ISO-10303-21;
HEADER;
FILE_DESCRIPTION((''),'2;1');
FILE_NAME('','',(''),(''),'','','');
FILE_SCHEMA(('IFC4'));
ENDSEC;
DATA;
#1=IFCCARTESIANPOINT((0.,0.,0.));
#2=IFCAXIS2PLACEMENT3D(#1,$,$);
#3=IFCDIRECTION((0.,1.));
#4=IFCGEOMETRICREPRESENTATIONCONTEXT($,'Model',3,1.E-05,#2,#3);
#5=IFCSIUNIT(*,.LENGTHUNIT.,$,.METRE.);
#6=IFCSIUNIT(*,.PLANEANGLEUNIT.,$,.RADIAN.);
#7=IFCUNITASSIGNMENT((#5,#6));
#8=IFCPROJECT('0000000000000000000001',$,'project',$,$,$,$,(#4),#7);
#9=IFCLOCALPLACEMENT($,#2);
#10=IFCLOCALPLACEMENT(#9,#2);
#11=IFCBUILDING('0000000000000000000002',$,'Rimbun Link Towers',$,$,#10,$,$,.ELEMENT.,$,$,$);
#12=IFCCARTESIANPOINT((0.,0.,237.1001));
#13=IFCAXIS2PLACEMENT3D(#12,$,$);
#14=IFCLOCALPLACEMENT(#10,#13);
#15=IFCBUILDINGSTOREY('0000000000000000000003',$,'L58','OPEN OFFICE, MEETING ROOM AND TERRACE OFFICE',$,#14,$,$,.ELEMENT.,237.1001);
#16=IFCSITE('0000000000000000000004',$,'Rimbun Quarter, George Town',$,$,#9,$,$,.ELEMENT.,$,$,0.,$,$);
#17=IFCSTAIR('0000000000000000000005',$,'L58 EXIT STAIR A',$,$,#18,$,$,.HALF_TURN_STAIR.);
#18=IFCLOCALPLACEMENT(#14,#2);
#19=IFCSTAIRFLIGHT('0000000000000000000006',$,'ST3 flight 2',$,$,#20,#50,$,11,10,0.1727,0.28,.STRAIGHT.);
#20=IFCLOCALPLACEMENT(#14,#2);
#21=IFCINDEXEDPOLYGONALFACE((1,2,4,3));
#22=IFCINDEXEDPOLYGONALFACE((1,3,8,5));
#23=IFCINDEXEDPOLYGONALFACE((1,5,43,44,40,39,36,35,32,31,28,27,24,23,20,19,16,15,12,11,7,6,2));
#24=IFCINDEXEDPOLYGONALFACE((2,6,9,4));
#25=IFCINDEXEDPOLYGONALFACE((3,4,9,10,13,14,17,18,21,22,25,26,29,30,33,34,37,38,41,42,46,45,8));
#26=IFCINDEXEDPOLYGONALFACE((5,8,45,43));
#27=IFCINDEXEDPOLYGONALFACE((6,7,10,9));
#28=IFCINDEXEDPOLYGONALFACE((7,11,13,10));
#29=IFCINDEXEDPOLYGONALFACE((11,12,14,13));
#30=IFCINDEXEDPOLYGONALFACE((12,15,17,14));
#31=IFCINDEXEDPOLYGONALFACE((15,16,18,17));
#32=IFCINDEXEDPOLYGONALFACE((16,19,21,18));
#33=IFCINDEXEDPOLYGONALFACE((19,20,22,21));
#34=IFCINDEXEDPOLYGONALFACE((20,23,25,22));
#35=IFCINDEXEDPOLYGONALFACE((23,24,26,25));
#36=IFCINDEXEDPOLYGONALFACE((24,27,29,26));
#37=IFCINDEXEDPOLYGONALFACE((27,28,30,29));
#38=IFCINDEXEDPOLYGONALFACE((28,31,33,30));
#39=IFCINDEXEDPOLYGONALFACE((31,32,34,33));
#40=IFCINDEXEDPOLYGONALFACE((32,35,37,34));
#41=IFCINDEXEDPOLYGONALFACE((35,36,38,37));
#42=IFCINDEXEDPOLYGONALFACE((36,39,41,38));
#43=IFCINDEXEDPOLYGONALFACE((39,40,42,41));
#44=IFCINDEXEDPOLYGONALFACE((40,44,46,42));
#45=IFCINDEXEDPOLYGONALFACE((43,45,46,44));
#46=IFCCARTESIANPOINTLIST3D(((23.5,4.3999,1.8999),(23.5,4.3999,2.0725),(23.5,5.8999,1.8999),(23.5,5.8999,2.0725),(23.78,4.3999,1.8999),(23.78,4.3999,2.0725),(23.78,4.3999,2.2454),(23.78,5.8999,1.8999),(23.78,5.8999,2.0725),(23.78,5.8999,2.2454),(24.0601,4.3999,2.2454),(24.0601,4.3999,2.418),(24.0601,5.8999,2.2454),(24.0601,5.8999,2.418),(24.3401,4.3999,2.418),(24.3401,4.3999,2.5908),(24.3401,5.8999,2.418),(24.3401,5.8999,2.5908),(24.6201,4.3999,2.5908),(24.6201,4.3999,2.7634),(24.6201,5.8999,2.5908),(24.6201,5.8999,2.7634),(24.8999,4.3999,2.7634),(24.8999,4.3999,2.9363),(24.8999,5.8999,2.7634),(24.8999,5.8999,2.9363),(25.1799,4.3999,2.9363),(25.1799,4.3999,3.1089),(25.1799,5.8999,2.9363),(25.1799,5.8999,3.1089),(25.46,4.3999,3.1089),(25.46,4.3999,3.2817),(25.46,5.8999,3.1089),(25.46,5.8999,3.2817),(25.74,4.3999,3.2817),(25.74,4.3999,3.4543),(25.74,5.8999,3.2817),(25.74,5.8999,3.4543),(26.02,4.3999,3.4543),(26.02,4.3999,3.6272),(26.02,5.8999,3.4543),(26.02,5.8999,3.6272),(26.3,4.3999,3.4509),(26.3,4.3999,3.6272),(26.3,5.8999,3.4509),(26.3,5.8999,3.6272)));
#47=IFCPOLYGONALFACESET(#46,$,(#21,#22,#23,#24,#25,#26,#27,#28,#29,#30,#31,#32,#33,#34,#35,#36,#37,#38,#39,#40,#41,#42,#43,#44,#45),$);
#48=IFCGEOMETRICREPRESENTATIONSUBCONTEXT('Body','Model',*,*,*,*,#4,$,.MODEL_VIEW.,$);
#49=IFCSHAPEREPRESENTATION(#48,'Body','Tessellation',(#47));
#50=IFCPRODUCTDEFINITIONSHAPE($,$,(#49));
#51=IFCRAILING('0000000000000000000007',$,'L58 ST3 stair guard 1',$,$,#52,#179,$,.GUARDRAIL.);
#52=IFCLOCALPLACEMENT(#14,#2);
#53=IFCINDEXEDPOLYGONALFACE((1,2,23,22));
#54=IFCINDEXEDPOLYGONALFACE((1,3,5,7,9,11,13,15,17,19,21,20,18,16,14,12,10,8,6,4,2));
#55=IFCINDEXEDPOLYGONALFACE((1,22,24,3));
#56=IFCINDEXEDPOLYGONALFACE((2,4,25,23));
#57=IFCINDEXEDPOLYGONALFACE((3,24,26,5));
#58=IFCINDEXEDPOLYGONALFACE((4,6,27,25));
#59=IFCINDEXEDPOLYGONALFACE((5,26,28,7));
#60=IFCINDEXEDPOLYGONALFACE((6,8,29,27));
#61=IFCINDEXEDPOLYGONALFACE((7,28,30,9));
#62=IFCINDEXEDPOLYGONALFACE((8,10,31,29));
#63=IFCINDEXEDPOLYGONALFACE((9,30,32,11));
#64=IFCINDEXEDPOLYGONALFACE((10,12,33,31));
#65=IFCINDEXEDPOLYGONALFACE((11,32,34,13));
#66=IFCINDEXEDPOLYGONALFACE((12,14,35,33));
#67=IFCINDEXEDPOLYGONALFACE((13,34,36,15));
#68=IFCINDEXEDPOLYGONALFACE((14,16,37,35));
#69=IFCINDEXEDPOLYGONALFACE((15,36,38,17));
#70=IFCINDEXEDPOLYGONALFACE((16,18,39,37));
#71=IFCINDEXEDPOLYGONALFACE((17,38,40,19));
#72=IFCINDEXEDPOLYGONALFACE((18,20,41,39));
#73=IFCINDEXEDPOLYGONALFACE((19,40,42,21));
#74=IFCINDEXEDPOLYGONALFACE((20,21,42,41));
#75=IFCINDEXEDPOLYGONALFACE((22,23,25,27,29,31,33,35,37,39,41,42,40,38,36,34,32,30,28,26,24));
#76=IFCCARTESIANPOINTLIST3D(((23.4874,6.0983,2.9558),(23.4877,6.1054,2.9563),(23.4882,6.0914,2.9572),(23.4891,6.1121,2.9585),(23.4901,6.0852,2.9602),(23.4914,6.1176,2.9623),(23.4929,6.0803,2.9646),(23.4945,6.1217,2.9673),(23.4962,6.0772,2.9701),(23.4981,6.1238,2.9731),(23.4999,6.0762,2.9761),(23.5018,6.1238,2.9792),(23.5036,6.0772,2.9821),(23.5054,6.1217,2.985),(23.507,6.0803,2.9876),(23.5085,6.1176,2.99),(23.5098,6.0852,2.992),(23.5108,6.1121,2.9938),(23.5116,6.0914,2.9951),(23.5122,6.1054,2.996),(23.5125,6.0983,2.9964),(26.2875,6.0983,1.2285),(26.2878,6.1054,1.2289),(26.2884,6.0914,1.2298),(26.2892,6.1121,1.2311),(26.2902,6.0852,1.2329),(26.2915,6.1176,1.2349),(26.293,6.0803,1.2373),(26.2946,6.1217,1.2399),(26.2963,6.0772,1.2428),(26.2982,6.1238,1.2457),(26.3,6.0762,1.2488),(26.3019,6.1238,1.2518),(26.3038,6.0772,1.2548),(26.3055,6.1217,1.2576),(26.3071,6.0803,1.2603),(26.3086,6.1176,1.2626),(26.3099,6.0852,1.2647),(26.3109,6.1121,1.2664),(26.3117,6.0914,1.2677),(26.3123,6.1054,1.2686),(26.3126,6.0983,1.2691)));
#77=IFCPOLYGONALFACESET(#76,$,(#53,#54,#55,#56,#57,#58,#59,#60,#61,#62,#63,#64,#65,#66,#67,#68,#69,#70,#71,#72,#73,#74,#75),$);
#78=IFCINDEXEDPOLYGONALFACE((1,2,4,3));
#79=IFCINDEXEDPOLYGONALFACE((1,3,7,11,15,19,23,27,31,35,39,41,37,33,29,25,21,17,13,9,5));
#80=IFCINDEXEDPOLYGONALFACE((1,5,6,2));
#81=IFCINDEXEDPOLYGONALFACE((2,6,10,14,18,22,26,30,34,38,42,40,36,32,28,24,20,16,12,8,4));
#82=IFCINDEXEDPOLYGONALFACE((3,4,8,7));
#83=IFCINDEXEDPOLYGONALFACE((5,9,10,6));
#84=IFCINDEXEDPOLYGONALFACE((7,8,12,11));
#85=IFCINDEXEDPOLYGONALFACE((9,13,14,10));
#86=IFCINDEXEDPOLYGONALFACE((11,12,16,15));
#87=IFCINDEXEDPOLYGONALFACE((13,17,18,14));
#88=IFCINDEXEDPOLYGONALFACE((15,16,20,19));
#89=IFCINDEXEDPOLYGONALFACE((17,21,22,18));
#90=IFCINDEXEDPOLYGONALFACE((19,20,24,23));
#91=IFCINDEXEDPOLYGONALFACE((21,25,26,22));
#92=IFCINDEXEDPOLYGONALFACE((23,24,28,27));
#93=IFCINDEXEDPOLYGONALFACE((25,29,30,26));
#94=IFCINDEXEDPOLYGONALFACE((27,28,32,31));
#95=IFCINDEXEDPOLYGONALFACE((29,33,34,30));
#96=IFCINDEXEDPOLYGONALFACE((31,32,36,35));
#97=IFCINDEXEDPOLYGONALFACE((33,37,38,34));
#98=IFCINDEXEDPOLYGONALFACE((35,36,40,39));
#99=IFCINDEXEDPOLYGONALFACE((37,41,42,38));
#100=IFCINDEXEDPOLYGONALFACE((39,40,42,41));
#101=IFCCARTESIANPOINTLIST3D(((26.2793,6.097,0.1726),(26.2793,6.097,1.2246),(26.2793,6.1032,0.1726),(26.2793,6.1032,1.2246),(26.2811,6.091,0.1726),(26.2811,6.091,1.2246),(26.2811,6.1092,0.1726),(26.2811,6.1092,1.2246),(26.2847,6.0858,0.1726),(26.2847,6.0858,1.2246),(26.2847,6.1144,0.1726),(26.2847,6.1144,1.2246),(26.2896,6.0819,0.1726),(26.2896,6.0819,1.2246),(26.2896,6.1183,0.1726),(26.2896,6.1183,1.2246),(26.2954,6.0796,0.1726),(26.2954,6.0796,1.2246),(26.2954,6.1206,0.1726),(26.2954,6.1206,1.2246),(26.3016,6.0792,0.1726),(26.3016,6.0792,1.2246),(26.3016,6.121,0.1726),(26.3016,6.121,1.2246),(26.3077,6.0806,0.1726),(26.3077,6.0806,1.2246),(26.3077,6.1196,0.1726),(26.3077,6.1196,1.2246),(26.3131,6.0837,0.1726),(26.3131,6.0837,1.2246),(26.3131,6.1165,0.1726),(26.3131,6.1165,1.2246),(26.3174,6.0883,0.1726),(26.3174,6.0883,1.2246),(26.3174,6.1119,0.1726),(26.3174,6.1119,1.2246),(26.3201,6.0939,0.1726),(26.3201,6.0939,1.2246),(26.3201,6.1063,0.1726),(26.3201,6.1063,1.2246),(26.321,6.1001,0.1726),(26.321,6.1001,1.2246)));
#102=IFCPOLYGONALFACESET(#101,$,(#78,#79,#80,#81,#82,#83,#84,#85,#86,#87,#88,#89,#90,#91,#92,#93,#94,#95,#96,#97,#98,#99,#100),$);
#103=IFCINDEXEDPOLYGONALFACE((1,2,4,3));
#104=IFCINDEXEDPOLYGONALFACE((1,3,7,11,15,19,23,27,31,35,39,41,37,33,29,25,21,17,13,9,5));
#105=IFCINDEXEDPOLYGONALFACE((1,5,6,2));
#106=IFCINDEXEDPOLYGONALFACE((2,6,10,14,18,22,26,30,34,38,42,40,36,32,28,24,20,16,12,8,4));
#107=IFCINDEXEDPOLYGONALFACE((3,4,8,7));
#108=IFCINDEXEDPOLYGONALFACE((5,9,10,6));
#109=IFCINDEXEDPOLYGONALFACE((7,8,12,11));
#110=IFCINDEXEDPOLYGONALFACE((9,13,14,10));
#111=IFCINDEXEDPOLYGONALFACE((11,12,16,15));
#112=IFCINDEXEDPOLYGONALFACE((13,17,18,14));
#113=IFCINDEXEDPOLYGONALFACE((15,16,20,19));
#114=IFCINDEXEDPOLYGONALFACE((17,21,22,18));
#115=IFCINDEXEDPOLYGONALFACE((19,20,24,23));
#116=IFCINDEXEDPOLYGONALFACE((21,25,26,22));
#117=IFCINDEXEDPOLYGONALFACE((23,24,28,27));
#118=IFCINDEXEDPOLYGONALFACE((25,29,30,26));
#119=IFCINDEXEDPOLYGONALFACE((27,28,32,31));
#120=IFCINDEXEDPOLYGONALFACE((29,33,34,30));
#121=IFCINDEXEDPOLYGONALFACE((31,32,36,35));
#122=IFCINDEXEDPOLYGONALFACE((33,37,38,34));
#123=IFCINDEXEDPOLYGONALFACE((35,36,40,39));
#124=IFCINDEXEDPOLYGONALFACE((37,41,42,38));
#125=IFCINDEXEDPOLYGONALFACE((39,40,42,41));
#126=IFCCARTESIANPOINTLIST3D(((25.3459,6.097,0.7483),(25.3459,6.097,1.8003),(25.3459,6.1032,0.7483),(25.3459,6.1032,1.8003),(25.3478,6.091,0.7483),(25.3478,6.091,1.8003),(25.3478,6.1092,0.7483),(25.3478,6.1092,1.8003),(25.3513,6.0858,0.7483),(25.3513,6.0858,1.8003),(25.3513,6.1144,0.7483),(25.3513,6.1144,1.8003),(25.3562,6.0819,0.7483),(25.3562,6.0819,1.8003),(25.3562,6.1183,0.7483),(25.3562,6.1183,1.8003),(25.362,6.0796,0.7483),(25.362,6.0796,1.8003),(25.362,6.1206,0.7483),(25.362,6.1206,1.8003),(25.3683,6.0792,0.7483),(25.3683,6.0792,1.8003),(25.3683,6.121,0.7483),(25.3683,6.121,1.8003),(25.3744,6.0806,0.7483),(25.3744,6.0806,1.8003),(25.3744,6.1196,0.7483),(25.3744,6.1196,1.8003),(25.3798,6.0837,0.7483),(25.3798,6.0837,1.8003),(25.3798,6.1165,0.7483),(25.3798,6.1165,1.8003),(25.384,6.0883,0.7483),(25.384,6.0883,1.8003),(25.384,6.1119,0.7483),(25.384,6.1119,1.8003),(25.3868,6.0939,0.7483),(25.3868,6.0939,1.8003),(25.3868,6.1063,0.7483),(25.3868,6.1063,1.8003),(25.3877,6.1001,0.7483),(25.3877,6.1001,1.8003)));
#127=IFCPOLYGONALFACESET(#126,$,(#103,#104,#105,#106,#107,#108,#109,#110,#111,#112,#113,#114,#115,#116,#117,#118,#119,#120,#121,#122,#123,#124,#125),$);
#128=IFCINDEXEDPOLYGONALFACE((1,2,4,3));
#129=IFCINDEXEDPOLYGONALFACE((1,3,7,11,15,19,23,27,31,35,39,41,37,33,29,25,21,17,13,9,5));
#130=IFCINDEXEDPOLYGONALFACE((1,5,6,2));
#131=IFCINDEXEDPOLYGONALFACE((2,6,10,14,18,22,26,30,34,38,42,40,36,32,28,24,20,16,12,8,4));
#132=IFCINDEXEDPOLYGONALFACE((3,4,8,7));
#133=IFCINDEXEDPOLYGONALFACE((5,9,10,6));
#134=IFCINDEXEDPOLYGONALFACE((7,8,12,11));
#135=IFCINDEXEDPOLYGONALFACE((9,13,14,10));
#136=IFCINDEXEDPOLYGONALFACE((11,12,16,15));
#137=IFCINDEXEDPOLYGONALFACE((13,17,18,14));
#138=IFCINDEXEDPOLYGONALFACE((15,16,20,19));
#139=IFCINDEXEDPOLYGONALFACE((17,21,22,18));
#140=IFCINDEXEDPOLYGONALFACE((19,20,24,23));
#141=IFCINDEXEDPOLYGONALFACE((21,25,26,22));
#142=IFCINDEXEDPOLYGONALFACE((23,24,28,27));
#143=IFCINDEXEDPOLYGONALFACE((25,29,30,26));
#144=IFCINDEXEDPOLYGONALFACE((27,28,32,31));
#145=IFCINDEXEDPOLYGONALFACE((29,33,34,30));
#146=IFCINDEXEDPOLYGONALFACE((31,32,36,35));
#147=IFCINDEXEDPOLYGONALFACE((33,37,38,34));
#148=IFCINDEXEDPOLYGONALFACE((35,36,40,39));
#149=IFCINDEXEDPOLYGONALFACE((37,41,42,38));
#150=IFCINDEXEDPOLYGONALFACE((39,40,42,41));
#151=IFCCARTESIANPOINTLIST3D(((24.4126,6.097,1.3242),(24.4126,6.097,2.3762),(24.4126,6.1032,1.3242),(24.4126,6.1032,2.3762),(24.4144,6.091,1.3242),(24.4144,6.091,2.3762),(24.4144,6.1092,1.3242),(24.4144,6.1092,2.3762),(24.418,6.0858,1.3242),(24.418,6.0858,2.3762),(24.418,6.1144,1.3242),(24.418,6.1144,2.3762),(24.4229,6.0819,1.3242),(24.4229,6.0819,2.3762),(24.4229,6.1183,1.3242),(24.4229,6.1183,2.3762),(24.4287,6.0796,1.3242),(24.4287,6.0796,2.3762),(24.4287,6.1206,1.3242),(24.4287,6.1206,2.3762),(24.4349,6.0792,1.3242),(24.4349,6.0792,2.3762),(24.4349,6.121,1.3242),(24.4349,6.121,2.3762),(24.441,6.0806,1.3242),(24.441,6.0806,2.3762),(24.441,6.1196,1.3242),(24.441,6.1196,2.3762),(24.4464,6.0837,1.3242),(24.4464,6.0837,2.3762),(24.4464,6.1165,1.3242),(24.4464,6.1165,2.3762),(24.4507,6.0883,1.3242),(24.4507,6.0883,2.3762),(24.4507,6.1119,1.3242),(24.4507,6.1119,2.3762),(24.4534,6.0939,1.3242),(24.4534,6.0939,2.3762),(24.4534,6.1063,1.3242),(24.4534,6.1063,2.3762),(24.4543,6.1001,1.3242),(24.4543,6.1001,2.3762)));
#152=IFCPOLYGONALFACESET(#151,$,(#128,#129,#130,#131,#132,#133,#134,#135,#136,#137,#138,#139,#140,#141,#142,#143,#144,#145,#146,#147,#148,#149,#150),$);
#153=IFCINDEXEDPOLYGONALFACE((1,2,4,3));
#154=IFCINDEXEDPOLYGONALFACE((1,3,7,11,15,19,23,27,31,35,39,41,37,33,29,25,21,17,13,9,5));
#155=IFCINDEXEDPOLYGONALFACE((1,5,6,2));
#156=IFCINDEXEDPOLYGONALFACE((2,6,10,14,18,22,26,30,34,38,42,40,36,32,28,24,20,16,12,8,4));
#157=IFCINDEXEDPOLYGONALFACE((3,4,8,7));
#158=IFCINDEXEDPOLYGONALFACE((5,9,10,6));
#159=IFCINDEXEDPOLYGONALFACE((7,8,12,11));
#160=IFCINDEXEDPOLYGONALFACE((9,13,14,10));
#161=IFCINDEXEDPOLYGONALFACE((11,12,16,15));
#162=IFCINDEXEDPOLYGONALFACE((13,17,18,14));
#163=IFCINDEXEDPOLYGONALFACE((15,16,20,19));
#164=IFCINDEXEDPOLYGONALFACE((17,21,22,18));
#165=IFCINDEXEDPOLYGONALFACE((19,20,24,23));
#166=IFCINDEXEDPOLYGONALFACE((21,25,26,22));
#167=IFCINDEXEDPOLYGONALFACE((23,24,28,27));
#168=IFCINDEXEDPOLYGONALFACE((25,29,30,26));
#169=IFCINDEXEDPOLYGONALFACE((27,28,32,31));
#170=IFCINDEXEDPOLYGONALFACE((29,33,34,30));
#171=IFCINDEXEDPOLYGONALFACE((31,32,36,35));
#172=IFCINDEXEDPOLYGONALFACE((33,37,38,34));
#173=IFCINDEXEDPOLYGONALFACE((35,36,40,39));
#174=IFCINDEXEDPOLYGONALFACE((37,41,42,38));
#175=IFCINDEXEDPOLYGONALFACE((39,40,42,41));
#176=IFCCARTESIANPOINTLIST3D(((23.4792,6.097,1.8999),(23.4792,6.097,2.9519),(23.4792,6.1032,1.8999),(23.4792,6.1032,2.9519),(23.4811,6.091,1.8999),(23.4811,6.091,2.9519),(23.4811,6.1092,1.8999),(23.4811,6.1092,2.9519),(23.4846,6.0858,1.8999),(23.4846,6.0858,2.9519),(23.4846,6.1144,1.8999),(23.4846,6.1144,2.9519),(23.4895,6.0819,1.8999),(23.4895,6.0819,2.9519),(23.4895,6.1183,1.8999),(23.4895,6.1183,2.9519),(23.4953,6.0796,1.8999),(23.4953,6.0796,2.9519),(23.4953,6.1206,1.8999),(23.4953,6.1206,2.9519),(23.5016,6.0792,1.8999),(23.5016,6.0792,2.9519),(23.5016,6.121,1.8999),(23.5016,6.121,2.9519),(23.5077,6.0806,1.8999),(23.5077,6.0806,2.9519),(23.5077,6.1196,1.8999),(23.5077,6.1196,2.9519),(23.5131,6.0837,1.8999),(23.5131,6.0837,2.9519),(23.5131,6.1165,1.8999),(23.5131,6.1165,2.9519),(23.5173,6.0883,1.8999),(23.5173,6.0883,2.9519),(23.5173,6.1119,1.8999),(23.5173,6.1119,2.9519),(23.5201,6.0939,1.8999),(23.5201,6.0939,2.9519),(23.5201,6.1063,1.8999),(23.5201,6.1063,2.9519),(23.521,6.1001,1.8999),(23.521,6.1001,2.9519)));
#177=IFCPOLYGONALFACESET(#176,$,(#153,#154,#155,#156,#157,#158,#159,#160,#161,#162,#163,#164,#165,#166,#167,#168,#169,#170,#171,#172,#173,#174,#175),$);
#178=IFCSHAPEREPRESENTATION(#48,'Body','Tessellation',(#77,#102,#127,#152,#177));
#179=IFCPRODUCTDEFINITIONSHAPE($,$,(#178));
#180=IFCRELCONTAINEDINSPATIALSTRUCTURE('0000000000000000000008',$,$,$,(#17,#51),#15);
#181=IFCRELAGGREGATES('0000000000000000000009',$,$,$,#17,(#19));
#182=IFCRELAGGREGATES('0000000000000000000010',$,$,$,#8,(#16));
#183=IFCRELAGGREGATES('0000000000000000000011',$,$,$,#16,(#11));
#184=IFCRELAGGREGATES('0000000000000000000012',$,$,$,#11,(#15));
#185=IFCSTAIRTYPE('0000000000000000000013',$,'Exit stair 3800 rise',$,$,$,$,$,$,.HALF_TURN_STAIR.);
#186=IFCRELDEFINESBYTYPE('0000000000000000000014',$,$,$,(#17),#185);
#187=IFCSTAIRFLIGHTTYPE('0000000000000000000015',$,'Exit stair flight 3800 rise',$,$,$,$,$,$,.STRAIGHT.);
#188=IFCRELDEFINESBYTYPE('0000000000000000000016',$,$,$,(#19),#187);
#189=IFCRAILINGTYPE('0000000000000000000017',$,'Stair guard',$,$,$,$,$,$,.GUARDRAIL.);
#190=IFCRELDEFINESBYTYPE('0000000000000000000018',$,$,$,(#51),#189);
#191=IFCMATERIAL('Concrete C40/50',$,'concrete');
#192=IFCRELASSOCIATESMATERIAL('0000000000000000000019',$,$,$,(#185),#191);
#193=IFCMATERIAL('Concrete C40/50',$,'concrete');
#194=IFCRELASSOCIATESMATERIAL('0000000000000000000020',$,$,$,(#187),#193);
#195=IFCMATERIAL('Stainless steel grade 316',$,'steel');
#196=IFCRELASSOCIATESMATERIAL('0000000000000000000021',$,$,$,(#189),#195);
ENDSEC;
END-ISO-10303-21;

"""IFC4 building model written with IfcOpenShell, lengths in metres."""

from ifc_helpers import new_model, si_unit, direction, frame, origin, origin_2d, place, context, subcontext, project, spatial, polyline, circle, outline, extrude, material, type_object, element, aggregate, save


model = new_model("IFC4")

# Units and contexts
model_context = context("Model", 3, precision=1e-05, world=origin(), true_north=direction((0.0, 1.0)))
body_context = subcontext(model_context, "Body", "Model", "MODEL_VIEW")
ifc_project = project(units=[si_unit("LENGTHUNIT", "METRE"), si_unit("PLANEANGLEUNIT", "RADIAN")], contexts=[model_context])

# Site, building, storey
site_placement = place(None, origin())
site = spatial("IfcSite", under=ifc_project, at=site_placement, Name="Rimbun Quarter, George Town", CompositionType="ELEMENT", RefElevation=0.0)
building_placement = place(site_placement, origin())
building = spatial("IfcBuilding", under=site, at=building_placement, Name="Rimbun Link Towers", CompositionType="ELEMENT")
storey_placement = place(building_placement, frame((0.0, 0.0, 237.1001)))
storey = spatial("IfcBuildingStorey", under=building, at=storey_placement, Name="L58", Description="OPEN OFFICE, MEETING ROOM AND TERRACE OFFICE", CompositionType="ELEMENT", Elevation=237.1001)

# Stair, stair flight
ifc_material_1 = material(Name="Concrete C40/50", Category="concrete")
stair_type = type_object("IfcStairType", Name="Exit stair 3800 rise", PredefinedType="HALF_TURN_STAIR", material=ifc_material_1)
stair_placement = place(storey_placement, origin())
stair = element("IfcStair", 1, at=stair_placement, inside=storey, type_object=stair_type, Name="L58 EXIT STAIR A", PredefinedType="HALF_TURN_STAIR")
ifc_material_2 = material(Name="Concrete C40/50", Category="concrete")
stair_flight_type = type_object("IfcStairFlightType", Name="Exit stair flight 3800 rise", PredefinedType="STRAIGHT", material=ifc_material_2)
stair_flight_1_placement = place(storey_placement, frame((23.5, 5.1499, 1.8999), z_axis=(0.0, 0.0, 1.0), x_axis=(1.0, 0.0, 0.0)))
stair_flight_1 = element("IfcStairFlight", 2, at=stair_flight_1_placement, type_object=stair_flight_type, Name="ST3 flight 2", NumberOfRisers=11, NumberOfTreads=10, PredefinedType="STRAIGHT", RiserHeight=0.1727, TreadLength=0.28, context=body_context, shape_type="SweptSolid", body=[
    extrude(outline(polyline([(0.0, 0.0), (0.0, 0.1726), (0.28, 0.1726), (0.28, 0.3455), (0.5601, 0.3455), (0.5601, 0.5181), (0.8401, 0.5181), (0.8401, 0.6909), (1.1201, 0.6909), (1.1201, 0.8635), (1.3999, 0.8635), (1.3999, 1.0364), (1.6799, 1.0364), (1.6799, 1.209), (1.96, 1.209), (1.96, 1.3818), (2.24, 1.3818), (2.24, 1.5544), (2.52, 1.5544), (2.52, 1.7273), (2.8, 1.7273), (2.8, 1.8999), (2.8, 1.551), (0.28, 0.0), (0.0, 0.0)])), frame((0.0, 0.75, 0.0), z_axis=(0.0, -1.0, 0.0), x_axis=(1.0, 0.0, 0.0)), (0.0, 0.0, 1.0), 1.5),
])
aggregate(stair, [stair_flight_1])

# Railing
ifc_material_3 = material(Name="Stainless steel grade 316", Category="steel")
railing_type_1 = type_object("IfcRailingType", Name="Stair guard", PredefinedType="GUARDRAIL", material=ifc_material_3)
railing_1_placement = place(storey_placement, frame((26.3, 6.1001, 0.1726)))
element("IfcRailing", 3, at=railing_1_placement, inside=storey, type_object=railing_type_1, Name="L58 ST3 stair guard 1", PredefinedType="GUARDRAIL", context=body_context, shape_type="SweptSolid", body=[
    extrude(circle(Radius=0.0239, at=origin_2d()), frame((0.0, 0.0, 1.0762), z_axis=(-0.85109, 0.0, 0.52502), x_axis=(0.0, -1.0, 0.0)), (0.0, 0.0, 1.0), 3.29),
    extrude(circle(Radius=0.021, at=origin_2d()), origin(), (0.0, 0.0, 1.0), 1.052),
    extrude(circle(Radius=0.021, at=origin_2d()), frame((-0.9333, 0.0, 0.5757)), (0.0, 0.0, 1.0), 1.052),
    extrude(circle(Radius=0.021, at=origin_2d()), frame((-1.8667, 0.0, 1.1516)), (0.0, 0.0, 1.0), 1.052),
    extrude(circle(Radius=0.021, at=origin_2d()), frame((-2.8, 0.0, 1.7273)), (0.0, 0.0, 1.0), 1.052),
])

save(model, "model.ifc")
